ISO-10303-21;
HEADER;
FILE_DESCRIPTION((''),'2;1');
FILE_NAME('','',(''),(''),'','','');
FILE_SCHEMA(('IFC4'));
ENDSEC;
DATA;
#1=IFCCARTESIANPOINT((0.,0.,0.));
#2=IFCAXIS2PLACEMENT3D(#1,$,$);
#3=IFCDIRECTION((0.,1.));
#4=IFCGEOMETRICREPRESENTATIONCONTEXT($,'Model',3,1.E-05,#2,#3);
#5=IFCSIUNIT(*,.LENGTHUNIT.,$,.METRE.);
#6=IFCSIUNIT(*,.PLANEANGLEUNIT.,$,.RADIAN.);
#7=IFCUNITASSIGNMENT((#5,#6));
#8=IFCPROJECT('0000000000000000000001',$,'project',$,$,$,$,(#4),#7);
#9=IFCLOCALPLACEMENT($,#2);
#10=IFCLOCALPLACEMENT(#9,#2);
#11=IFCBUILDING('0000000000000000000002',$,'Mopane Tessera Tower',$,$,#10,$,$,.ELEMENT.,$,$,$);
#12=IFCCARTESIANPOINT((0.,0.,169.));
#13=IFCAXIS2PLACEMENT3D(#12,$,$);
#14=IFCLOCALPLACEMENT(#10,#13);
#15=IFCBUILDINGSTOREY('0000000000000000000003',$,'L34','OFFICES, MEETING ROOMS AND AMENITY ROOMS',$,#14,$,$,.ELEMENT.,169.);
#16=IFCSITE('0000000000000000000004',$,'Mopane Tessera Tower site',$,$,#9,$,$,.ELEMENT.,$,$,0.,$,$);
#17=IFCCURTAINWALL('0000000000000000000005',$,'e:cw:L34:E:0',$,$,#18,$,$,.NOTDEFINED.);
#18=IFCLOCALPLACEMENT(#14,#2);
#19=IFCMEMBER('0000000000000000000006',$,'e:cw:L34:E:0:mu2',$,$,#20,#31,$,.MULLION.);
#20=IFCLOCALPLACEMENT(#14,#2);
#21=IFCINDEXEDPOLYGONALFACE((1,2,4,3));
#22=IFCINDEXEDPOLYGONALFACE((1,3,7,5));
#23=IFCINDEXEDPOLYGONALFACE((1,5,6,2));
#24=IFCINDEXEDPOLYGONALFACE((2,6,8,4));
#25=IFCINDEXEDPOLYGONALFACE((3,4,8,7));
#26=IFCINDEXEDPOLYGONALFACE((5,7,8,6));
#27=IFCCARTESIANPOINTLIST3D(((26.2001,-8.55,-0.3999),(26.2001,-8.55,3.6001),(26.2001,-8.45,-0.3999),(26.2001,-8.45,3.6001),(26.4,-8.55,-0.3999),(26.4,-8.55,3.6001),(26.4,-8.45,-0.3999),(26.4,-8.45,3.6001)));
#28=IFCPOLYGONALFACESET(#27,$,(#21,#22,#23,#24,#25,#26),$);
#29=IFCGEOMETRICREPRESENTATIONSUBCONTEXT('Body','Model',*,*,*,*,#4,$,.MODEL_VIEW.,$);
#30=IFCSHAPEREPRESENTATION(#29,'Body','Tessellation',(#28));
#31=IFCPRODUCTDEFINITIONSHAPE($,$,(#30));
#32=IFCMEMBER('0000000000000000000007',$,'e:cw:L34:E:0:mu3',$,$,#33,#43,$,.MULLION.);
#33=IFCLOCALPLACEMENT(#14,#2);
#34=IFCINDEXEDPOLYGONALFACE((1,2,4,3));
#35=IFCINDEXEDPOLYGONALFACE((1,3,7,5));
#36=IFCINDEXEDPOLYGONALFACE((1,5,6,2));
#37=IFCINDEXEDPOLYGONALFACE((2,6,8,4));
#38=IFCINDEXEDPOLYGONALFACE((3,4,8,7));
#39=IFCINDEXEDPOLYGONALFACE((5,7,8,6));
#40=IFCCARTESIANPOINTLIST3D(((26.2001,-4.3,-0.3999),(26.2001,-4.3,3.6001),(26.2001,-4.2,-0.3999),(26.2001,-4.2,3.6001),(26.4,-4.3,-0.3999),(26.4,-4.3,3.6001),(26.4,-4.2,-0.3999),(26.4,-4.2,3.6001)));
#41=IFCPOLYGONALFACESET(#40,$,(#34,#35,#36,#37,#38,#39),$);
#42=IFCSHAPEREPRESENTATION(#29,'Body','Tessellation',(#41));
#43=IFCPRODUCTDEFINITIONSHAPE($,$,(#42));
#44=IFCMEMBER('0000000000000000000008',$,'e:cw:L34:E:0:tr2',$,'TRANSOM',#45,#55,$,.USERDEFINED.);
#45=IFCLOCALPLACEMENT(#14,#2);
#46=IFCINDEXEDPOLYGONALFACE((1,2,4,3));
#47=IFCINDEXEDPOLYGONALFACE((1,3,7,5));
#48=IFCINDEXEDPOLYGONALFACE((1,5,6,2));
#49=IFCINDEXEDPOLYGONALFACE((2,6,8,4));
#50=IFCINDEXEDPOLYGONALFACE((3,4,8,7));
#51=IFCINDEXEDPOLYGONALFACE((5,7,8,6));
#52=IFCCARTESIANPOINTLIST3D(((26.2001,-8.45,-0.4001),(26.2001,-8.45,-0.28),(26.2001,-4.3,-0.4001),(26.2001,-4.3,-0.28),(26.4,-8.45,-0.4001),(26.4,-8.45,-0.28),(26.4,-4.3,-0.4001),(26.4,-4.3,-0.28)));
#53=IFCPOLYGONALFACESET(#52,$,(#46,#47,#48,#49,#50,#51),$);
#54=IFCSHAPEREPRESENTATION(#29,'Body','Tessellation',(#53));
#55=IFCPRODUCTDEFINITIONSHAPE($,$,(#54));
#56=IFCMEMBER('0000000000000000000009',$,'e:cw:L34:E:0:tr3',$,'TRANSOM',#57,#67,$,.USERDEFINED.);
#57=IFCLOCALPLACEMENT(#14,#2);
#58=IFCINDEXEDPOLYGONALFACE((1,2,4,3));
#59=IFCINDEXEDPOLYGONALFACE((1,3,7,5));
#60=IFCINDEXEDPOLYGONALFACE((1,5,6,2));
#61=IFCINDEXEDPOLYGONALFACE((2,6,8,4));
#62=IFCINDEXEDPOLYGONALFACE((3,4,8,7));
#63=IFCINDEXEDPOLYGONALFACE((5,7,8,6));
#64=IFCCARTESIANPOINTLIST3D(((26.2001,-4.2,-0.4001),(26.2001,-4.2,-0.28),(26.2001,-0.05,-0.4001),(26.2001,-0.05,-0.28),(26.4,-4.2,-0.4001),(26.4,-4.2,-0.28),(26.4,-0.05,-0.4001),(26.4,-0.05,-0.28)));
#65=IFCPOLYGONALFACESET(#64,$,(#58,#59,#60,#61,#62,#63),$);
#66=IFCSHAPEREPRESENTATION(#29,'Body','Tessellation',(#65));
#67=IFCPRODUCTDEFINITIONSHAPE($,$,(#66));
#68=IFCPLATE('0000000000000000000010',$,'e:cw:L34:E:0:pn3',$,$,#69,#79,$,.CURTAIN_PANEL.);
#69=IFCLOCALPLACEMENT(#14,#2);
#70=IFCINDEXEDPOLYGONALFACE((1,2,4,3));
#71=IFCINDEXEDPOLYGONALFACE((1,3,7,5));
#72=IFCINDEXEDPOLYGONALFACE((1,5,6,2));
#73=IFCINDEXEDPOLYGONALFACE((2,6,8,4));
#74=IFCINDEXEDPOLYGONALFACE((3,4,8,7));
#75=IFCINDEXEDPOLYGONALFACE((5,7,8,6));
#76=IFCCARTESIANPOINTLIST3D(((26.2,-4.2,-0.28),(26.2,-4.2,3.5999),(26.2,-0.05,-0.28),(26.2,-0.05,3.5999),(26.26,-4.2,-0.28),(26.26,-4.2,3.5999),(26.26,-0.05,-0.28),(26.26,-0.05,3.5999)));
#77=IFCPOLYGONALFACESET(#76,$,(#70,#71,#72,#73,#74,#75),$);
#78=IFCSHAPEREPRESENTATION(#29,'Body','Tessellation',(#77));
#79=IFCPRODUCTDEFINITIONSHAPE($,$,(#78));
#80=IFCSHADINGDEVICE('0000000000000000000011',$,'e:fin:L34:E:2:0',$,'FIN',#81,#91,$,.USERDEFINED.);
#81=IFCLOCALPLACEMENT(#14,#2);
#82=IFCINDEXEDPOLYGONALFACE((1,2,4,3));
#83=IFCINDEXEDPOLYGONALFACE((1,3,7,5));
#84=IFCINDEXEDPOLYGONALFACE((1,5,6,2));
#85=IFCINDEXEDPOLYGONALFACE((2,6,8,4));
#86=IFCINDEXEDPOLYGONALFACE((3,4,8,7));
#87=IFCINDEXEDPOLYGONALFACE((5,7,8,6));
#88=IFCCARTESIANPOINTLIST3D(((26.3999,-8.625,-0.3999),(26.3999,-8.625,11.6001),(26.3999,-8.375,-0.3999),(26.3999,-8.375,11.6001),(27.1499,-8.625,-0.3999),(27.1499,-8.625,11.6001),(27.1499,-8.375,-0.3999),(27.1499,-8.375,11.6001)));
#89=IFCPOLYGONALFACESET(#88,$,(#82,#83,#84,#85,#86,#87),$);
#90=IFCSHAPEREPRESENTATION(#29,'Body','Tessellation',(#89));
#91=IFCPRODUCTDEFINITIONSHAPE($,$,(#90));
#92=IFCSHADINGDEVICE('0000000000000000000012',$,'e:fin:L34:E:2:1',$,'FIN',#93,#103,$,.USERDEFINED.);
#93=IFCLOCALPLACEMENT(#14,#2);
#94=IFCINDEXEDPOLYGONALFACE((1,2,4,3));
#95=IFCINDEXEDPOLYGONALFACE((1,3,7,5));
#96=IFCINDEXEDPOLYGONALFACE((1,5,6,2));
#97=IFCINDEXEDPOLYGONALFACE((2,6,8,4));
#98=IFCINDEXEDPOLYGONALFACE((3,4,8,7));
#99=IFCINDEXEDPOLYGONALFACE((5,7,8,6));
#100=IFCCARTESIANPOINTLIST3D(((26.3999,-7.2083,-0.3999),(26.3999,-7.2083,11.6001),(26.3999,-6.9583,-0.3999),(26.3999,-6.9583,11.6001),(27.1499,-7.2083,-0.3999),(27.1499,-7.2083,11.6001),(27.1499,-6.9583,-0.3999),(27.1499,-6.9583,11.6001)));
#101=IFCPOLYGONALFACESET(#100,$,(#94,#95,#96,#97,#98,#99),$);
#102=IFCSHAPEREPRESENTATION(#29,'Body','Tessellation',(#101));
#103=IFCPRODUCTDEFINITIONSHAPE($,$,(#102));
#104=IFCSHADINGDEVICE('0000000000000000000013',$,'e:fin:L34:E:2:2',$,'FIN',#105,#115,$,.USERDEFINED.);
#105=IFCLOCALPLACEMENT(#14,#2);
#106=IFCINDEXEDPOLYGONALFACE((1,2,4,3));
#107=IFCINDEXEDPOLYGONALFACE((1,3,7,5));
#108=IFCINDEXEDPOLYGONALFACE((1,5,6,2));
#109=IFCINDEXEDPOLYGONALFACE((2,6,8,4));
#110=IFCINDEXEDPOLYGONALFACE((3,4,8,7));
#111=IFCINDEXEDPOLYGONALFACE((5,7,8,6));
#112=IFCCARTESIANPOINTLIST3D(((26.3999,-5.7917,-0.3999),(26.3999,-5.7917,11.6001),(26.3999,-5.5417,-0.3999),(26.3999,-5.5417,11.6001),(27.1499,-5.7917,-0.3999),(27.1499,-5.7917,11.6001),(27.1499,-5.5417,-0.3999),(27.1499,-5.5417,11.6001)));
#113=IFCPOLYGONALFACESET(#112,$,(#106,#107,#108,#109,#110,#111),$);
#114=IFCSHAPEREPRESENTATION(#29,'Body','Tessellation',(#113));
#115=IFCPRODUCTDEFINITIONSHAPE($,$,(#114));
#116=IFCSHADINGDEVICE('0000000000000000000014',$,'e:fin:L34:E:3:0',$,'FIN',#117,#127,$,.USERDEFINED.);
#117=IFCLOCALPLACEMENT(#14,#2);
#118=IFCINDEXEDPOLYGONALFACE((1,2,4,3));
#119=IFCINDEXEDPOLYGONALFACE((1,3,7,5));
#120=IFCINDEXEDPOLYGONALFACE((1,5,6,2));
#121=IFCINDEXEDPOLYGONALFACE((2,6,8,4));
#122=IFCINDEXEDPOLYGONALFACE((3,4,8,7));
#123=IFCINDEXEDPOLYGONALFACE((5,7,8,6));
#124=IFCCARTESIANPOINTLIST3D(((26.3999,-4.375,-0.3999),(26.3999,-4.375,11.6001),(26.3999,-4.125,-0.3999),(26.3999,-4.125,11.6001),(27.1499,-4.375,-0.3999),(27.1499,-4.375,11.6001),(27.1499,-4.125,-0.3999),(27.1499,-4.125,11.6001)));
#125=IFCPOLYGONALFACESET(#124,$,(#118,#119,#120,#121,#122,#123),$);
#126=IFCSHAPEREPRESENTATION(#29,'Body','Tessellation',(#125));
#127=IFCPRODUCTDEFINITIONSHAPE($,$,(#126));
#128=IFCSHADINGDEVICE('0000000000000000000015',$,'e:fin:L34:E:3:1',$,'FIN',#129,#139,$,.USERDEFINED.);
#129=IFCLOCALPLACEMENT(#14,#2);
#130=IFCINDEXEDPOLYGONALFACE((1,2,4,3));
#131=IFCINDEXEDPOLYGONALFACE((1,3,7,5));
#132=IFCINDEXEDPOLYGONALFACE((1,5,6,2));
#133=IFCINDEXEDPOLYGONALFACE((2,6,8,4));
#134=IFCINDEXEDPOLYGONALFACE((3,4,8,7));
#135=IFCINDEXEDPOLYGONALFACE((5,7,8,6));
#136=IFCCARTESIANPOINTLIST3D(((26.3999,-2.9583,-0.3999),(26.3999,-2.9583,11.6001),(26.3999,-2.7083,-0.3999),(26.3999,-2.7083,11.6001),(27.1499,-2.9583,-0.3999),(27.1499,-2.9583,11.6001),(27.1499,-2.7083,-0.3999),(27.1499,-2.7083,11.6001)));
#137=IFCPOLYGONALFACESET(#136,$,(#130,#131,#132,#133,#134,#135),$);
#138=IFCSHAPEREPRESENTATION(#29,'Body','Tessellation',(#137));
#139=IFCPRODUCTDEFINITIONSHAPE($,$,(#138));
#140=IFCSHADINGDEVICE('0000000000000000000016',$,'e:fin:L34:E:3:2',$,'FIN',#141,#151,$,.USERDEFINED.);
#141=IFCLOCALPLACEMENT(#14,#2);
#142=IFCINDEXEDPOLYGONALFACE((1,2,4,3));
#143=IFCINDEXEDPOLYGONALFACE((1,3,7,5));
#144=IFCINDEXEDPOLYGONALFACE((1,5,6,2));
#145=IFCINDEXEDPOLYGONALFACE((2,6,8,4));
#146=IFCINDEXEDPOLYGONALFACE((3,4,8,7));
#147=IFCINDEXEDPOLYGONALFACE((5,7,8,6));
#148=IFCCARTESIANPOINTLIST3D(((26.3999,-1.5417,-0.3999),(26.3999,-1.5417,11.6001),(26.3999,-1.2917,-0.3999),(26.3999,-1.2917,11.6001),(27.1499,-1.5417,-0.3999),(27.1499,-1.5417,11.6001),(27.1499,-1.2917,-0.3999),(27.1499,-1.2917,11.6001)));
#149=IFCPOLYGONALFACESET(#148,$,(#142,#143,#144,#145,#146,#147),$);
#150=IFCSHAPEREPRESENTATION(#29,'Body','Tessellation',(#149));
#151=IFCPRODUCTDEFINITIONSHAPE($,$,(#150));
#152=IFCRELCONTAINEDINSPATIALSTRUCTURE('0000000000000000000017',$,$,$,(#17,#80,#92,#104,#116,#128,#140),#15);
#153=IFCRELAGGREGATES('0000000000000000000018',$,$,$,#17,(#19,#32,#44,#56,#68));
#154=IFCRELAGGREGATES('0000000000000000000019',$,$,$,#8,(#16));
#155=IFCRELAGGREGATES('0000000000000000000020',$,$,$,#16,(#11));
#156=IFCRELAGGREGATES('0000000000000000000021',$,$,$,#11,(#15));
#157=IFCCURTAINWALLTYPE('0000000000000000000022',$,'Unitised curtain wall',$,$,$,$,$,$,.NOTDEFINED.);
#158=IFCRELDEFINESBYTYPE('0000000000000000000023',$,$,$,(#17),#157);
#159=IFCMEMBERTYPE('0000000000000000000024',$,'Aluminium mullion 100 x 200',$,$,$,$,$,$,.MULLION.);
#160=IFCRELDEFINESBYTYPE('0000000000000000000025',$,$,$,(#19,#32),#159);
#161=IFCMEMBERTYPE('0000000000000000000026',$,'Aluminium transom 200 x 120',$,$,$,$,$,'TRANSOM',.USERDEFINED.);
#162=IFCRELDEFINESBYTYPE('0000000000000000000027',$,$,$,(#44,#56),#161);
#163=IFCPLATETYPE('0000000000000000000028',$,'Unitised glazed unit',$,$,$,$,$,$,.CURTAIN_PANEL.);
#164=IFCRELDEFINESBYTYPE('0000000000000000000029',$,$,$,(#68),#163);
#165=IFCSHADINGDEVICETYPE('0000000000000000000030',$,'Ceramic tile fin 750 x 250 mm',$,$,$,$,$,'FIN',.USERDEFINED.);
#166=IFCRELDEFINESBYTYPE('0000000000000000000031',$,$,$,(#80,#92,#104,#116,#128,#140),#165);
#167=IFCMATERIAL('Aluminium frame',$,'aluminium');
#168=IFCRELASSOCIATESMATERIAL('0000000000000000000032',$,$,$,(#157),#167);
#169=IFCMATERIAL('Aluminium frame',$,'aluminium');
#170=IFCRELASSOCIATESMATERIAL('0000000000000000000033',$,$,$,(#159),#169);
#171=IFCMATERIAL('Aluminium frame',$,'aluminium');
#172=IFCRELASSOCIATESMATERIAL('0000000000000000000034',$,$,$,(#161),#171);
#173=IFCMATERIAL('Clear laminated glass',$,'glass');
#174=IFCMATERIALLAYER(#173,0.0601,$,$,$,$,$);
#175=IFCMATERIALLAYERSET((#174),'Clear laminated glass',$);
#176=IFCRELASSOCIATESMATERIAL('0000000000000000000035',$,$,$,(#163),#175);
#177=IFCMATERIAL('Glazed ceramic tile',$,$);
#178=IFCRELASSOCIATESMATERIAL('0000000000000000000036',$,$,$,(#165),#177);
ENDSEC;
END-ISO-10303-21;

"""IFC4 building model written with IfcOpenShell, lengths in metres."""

from ifc_helpers import new_model, si_unit, direction, frame, origin, origin_2d, place, context, subcontext, project, spatial, rectangle, extrude, material, layer, layer_set, material_profile, profile_set, type_object, element, aggregate, save


model = new_model("IFC4")

# Units and contexts
model_context = context("Model", 3, precision=1e-05, world=origin(), true_north=direction((0.0, 1.0)))
body_context = subcontext(model_context, "Body", "Model", "MODEL_VIEW")
ifc_project = project(units=[si_unit("LENGTHUNIT", "METRE"), si_unit("PLANEANGLEUNIT", "RADIAN")], contexts=[model_context])

# Site, building, storey
site_placement = place(None, origin())
site = spatial("IfcSite", under=ifc_project, at=site_placement, Name="Mopane Tessera Tower site", CompositionType="ELEMENT", RefElevation=0.0)
building_placement = place(site_placement, origin())
building = spatial("IfcBuilding", under=site, at=building_placement, Name="Mopane Tessera Tower", CompositionType="ELEMENT")
storey_placement = place(building_placement, frame((0.0, 0.0, 169.0)))
storey = spatial("IfcBuildingStorey", under=building, at=storey_placement, Name="L34", Description="OFFICES, MEETING ROOMS AND AMENITY ROOMS", CompositionType="ELEMENT", Elevation=169.0)

# Curtain wall, members, plate
ifc_material_1 = material(Name="Aluminium frame", Category="aluminium")
curtain_wall_type = type_object("IfcCurtainWallType", Name="Unitised curtain wall", PredefinedType="NOTDEFINED", material=ifc_material_1)
curtain_wall_placement = place(storey_placement, origin())
curtain_wall = element("IfcCurtainWall", 1, at=curtain_wall_placement, inside=storey, type_object=curtain_wall_type, Name="e:cw:L34:E:0", PredefinedType="NOTDEFINED")
ifc_material_2 = material(Name="Aluminium frame", Category="aluminium")
ifc_material_profile_1 = material_profile(ifc_material_2, rectangle(XDim=0.1001, YDim=0.2, at=origin_2d()))
ifc_profile_set_1 = profile_set([ifc_material_profile_1], Name="Aluminium frame")
member_type_1 = type_object("IfcMemberType", Name="Aluminium mullion 100 x 200", PredefinedType="MULLION", material=ifc_profile_set_1)
member_1_placement = place(storey_placement, frame((26.3, -8.5, -0.3999), z_axis=(0.0, 0.0, 1.0), x_axis=(0.0, 1.0, 0.0)))
member_1 = element("IfcMember", 2, at=member_1_placement, type_object=member_type_1, Name="e:cw:L34:E:0:mu2", PredefinedType="MULLION", context=body_context, shape_type="SweptSolid", body=[
    extrude(rectangle(XDim=0.1001, YDim=0.2, at=origin_2d()), origin(), (0.0, 0.0, 1.0), 4.0),
])
member_2_placement = place(storey_placement, frame((26.3, -4.25, -0.3999), z_axis=(0.0, 0.0, 1.0), x_axis=(0.0, 1.0, 0.0)))
member_2 = element("IfcMember", 3, at=member_2_placement, type_object=member_type_1, Name="e:cw:L34:E:0:mu3", PredefinedType="MULLION", context=body_context, shape_type="SweptSolid", body=[
    extrude(rectangle(XDim=0.1001, YDim=0.2, at=origin_2d()), origin(), (0.0, 0.0, 1.0), 4.0),
])
ifc_material_3 = material(Name="Aluminium frame", Category="aluminium")
ifc_material_profile_2 = material_profile(ifc_material_3, rectangle(XDim=0.2, YDim=0.1201, at=origin_2d()))
ifc_profile_set_2 = profile_set([ifc_material_profile_2], Name="Aluminium frame")
member_type_2 = type_object("IfcMemberType", Name="Aluminium transom 200 x 120", ElementType="TRANSOM", PredefinedType="USERDEFINED", material=ifc_profile_set_2)
member_3_placement = place(storey_placement, frame((26.3, -8.45, -0.3401), z_axis=(0.0, 1.0, 0.0), x_axis=(-1.0, 0.0, 0.0)))
member_3 = element("IfcMember", 4, at=member_3_placement, type_object=member_type_2, Name="e:cw:L34:E:0:tr2", ObjectType="TRANSOM", PredefinedType="USERDEFINED", context=body_context, shape_type="SweptSolid", body=[
    extrude(rectangle(XDim=0.2, YDim=0.1201, at=origin_2d()), origin(), (0.0, 0.0, 1.0), 4.1499),
])
member_4_placement = place(storey_placement, frame((26.3, -4.2, -0.3401), z_axis=(0.0, 1.0, 0.0), x_axis=(-1.0, 0.0, 0.0)))
member_4 = element("IfcMember", 5, at=member_4_placement, type_object=member_type_2, Name="e:cw:L34:E:0:tr3", ObjectType="TRANSOM", PredefinedType="USERDEFINED", context=body_context, shape_type="SweptSolid", body=[
    extrude(rectangle(XDim=0.2, YDim=0.1201, at=origin_2d()), origin(), (0.0, 0.0, 1.0), 4.1499),
])
ifc_material_4 = material(Name="Clear laminated glass", Category="glass")
ifc_layer = layer(ifc_material_4, 0.0601)
ifc_layer_set = layer_set([ifc_layer], Name="Clear laminated glass")
plate_type = type_object("IfcPlateType", Name="Unitised glazed unit", PredefinedType="CURTAIN_PANEL", material=ifc_layer_set)
plate_placement = place(storey_placement, frame((26.23, -2.125, -0.28), z_axis=(0.0, 0.0, 1.0), x_axis=(0.0, 1.0, 0.0)))
plate = element("IfcPlate", 6, at=plate_placement, type_object=plate_type, Name="e:cw:L34:E:0:pn3", PredefinedType="CURTAIN_PANEL", context=body_context, shape_type="SweptSolid", body=[
    extrude(rectangle(XDim=4.1499, YDim=0.0601, at=origin_2d()), origin(), (0.0, 0.0, 1.0), 3.8799),
])
aggregate(curtain_wall, [member_1, member_2, member_3, member_4, plate])

# Shading devices
ifc_material_5 = material(Name="Glazed ceramic tile")
shading_device_type = type_object("IfcShadingDeviceType", Name="Ceramic tile fin 750 x 250 mm", ElementType="FIN", PredefinedType="USERDEFINED", material=ifc_material_5)
for number, where, z_axis, x_axis, name in (
    (7, (26.7749, -8.5, -0.3999), (0.0, 0.0, 1.0), (0.0, 1.0, 0.0), "e:fin:L34:E:2:0"),
    (8, (26.7749, -7.0833, -0.3999), (0.0, 0.0, 1.0), (0.0, 1.0, 0.0), "e:fin:L34:E:2:1"),
    (9, (26.7749, -5.6667, -0.3999), (0.0, 0.0, 1.0), (0.0, 1.0, 0.0), "e:fin:L34:E:2:2"),
    (10, (26.7749, -4.25, -0.3999), (0.0, 0.0, 1.0), (0.0, 1.0, 0.0), "e:fin:L34:E:3:0"),
    (11, (26.7749, -2.8333, -0.3999), (0.0, 0.0, 1.0), (0.0, 1.0, 0.0), "e:fin:L34:E:3:1"),
    (12, (26.7749, -1.4167, -0.3999), (0.0, 0.0, 1.0), (0.0, 1.0, 0.0), "e:fin:L34:E:3:2"),
):
    element("IfcShadingDevice", number, at=place(storey_placement, frame(where, z_axis=z_axis, x_axis=x_axis)), inside=storey, type_object=shading_device_type, Name=name, ObjectType="FIN", PredefinedType="USERDEFINED", context=body_context, shape_type="SweptSolid", body=[
        extrude(rectangle(XDim=0.25, YDim=0.75, at=origin_2d()), origin(), (0.0, 0.0, 1.0), 12.0),
    ])

save(model, "model.ifc")
